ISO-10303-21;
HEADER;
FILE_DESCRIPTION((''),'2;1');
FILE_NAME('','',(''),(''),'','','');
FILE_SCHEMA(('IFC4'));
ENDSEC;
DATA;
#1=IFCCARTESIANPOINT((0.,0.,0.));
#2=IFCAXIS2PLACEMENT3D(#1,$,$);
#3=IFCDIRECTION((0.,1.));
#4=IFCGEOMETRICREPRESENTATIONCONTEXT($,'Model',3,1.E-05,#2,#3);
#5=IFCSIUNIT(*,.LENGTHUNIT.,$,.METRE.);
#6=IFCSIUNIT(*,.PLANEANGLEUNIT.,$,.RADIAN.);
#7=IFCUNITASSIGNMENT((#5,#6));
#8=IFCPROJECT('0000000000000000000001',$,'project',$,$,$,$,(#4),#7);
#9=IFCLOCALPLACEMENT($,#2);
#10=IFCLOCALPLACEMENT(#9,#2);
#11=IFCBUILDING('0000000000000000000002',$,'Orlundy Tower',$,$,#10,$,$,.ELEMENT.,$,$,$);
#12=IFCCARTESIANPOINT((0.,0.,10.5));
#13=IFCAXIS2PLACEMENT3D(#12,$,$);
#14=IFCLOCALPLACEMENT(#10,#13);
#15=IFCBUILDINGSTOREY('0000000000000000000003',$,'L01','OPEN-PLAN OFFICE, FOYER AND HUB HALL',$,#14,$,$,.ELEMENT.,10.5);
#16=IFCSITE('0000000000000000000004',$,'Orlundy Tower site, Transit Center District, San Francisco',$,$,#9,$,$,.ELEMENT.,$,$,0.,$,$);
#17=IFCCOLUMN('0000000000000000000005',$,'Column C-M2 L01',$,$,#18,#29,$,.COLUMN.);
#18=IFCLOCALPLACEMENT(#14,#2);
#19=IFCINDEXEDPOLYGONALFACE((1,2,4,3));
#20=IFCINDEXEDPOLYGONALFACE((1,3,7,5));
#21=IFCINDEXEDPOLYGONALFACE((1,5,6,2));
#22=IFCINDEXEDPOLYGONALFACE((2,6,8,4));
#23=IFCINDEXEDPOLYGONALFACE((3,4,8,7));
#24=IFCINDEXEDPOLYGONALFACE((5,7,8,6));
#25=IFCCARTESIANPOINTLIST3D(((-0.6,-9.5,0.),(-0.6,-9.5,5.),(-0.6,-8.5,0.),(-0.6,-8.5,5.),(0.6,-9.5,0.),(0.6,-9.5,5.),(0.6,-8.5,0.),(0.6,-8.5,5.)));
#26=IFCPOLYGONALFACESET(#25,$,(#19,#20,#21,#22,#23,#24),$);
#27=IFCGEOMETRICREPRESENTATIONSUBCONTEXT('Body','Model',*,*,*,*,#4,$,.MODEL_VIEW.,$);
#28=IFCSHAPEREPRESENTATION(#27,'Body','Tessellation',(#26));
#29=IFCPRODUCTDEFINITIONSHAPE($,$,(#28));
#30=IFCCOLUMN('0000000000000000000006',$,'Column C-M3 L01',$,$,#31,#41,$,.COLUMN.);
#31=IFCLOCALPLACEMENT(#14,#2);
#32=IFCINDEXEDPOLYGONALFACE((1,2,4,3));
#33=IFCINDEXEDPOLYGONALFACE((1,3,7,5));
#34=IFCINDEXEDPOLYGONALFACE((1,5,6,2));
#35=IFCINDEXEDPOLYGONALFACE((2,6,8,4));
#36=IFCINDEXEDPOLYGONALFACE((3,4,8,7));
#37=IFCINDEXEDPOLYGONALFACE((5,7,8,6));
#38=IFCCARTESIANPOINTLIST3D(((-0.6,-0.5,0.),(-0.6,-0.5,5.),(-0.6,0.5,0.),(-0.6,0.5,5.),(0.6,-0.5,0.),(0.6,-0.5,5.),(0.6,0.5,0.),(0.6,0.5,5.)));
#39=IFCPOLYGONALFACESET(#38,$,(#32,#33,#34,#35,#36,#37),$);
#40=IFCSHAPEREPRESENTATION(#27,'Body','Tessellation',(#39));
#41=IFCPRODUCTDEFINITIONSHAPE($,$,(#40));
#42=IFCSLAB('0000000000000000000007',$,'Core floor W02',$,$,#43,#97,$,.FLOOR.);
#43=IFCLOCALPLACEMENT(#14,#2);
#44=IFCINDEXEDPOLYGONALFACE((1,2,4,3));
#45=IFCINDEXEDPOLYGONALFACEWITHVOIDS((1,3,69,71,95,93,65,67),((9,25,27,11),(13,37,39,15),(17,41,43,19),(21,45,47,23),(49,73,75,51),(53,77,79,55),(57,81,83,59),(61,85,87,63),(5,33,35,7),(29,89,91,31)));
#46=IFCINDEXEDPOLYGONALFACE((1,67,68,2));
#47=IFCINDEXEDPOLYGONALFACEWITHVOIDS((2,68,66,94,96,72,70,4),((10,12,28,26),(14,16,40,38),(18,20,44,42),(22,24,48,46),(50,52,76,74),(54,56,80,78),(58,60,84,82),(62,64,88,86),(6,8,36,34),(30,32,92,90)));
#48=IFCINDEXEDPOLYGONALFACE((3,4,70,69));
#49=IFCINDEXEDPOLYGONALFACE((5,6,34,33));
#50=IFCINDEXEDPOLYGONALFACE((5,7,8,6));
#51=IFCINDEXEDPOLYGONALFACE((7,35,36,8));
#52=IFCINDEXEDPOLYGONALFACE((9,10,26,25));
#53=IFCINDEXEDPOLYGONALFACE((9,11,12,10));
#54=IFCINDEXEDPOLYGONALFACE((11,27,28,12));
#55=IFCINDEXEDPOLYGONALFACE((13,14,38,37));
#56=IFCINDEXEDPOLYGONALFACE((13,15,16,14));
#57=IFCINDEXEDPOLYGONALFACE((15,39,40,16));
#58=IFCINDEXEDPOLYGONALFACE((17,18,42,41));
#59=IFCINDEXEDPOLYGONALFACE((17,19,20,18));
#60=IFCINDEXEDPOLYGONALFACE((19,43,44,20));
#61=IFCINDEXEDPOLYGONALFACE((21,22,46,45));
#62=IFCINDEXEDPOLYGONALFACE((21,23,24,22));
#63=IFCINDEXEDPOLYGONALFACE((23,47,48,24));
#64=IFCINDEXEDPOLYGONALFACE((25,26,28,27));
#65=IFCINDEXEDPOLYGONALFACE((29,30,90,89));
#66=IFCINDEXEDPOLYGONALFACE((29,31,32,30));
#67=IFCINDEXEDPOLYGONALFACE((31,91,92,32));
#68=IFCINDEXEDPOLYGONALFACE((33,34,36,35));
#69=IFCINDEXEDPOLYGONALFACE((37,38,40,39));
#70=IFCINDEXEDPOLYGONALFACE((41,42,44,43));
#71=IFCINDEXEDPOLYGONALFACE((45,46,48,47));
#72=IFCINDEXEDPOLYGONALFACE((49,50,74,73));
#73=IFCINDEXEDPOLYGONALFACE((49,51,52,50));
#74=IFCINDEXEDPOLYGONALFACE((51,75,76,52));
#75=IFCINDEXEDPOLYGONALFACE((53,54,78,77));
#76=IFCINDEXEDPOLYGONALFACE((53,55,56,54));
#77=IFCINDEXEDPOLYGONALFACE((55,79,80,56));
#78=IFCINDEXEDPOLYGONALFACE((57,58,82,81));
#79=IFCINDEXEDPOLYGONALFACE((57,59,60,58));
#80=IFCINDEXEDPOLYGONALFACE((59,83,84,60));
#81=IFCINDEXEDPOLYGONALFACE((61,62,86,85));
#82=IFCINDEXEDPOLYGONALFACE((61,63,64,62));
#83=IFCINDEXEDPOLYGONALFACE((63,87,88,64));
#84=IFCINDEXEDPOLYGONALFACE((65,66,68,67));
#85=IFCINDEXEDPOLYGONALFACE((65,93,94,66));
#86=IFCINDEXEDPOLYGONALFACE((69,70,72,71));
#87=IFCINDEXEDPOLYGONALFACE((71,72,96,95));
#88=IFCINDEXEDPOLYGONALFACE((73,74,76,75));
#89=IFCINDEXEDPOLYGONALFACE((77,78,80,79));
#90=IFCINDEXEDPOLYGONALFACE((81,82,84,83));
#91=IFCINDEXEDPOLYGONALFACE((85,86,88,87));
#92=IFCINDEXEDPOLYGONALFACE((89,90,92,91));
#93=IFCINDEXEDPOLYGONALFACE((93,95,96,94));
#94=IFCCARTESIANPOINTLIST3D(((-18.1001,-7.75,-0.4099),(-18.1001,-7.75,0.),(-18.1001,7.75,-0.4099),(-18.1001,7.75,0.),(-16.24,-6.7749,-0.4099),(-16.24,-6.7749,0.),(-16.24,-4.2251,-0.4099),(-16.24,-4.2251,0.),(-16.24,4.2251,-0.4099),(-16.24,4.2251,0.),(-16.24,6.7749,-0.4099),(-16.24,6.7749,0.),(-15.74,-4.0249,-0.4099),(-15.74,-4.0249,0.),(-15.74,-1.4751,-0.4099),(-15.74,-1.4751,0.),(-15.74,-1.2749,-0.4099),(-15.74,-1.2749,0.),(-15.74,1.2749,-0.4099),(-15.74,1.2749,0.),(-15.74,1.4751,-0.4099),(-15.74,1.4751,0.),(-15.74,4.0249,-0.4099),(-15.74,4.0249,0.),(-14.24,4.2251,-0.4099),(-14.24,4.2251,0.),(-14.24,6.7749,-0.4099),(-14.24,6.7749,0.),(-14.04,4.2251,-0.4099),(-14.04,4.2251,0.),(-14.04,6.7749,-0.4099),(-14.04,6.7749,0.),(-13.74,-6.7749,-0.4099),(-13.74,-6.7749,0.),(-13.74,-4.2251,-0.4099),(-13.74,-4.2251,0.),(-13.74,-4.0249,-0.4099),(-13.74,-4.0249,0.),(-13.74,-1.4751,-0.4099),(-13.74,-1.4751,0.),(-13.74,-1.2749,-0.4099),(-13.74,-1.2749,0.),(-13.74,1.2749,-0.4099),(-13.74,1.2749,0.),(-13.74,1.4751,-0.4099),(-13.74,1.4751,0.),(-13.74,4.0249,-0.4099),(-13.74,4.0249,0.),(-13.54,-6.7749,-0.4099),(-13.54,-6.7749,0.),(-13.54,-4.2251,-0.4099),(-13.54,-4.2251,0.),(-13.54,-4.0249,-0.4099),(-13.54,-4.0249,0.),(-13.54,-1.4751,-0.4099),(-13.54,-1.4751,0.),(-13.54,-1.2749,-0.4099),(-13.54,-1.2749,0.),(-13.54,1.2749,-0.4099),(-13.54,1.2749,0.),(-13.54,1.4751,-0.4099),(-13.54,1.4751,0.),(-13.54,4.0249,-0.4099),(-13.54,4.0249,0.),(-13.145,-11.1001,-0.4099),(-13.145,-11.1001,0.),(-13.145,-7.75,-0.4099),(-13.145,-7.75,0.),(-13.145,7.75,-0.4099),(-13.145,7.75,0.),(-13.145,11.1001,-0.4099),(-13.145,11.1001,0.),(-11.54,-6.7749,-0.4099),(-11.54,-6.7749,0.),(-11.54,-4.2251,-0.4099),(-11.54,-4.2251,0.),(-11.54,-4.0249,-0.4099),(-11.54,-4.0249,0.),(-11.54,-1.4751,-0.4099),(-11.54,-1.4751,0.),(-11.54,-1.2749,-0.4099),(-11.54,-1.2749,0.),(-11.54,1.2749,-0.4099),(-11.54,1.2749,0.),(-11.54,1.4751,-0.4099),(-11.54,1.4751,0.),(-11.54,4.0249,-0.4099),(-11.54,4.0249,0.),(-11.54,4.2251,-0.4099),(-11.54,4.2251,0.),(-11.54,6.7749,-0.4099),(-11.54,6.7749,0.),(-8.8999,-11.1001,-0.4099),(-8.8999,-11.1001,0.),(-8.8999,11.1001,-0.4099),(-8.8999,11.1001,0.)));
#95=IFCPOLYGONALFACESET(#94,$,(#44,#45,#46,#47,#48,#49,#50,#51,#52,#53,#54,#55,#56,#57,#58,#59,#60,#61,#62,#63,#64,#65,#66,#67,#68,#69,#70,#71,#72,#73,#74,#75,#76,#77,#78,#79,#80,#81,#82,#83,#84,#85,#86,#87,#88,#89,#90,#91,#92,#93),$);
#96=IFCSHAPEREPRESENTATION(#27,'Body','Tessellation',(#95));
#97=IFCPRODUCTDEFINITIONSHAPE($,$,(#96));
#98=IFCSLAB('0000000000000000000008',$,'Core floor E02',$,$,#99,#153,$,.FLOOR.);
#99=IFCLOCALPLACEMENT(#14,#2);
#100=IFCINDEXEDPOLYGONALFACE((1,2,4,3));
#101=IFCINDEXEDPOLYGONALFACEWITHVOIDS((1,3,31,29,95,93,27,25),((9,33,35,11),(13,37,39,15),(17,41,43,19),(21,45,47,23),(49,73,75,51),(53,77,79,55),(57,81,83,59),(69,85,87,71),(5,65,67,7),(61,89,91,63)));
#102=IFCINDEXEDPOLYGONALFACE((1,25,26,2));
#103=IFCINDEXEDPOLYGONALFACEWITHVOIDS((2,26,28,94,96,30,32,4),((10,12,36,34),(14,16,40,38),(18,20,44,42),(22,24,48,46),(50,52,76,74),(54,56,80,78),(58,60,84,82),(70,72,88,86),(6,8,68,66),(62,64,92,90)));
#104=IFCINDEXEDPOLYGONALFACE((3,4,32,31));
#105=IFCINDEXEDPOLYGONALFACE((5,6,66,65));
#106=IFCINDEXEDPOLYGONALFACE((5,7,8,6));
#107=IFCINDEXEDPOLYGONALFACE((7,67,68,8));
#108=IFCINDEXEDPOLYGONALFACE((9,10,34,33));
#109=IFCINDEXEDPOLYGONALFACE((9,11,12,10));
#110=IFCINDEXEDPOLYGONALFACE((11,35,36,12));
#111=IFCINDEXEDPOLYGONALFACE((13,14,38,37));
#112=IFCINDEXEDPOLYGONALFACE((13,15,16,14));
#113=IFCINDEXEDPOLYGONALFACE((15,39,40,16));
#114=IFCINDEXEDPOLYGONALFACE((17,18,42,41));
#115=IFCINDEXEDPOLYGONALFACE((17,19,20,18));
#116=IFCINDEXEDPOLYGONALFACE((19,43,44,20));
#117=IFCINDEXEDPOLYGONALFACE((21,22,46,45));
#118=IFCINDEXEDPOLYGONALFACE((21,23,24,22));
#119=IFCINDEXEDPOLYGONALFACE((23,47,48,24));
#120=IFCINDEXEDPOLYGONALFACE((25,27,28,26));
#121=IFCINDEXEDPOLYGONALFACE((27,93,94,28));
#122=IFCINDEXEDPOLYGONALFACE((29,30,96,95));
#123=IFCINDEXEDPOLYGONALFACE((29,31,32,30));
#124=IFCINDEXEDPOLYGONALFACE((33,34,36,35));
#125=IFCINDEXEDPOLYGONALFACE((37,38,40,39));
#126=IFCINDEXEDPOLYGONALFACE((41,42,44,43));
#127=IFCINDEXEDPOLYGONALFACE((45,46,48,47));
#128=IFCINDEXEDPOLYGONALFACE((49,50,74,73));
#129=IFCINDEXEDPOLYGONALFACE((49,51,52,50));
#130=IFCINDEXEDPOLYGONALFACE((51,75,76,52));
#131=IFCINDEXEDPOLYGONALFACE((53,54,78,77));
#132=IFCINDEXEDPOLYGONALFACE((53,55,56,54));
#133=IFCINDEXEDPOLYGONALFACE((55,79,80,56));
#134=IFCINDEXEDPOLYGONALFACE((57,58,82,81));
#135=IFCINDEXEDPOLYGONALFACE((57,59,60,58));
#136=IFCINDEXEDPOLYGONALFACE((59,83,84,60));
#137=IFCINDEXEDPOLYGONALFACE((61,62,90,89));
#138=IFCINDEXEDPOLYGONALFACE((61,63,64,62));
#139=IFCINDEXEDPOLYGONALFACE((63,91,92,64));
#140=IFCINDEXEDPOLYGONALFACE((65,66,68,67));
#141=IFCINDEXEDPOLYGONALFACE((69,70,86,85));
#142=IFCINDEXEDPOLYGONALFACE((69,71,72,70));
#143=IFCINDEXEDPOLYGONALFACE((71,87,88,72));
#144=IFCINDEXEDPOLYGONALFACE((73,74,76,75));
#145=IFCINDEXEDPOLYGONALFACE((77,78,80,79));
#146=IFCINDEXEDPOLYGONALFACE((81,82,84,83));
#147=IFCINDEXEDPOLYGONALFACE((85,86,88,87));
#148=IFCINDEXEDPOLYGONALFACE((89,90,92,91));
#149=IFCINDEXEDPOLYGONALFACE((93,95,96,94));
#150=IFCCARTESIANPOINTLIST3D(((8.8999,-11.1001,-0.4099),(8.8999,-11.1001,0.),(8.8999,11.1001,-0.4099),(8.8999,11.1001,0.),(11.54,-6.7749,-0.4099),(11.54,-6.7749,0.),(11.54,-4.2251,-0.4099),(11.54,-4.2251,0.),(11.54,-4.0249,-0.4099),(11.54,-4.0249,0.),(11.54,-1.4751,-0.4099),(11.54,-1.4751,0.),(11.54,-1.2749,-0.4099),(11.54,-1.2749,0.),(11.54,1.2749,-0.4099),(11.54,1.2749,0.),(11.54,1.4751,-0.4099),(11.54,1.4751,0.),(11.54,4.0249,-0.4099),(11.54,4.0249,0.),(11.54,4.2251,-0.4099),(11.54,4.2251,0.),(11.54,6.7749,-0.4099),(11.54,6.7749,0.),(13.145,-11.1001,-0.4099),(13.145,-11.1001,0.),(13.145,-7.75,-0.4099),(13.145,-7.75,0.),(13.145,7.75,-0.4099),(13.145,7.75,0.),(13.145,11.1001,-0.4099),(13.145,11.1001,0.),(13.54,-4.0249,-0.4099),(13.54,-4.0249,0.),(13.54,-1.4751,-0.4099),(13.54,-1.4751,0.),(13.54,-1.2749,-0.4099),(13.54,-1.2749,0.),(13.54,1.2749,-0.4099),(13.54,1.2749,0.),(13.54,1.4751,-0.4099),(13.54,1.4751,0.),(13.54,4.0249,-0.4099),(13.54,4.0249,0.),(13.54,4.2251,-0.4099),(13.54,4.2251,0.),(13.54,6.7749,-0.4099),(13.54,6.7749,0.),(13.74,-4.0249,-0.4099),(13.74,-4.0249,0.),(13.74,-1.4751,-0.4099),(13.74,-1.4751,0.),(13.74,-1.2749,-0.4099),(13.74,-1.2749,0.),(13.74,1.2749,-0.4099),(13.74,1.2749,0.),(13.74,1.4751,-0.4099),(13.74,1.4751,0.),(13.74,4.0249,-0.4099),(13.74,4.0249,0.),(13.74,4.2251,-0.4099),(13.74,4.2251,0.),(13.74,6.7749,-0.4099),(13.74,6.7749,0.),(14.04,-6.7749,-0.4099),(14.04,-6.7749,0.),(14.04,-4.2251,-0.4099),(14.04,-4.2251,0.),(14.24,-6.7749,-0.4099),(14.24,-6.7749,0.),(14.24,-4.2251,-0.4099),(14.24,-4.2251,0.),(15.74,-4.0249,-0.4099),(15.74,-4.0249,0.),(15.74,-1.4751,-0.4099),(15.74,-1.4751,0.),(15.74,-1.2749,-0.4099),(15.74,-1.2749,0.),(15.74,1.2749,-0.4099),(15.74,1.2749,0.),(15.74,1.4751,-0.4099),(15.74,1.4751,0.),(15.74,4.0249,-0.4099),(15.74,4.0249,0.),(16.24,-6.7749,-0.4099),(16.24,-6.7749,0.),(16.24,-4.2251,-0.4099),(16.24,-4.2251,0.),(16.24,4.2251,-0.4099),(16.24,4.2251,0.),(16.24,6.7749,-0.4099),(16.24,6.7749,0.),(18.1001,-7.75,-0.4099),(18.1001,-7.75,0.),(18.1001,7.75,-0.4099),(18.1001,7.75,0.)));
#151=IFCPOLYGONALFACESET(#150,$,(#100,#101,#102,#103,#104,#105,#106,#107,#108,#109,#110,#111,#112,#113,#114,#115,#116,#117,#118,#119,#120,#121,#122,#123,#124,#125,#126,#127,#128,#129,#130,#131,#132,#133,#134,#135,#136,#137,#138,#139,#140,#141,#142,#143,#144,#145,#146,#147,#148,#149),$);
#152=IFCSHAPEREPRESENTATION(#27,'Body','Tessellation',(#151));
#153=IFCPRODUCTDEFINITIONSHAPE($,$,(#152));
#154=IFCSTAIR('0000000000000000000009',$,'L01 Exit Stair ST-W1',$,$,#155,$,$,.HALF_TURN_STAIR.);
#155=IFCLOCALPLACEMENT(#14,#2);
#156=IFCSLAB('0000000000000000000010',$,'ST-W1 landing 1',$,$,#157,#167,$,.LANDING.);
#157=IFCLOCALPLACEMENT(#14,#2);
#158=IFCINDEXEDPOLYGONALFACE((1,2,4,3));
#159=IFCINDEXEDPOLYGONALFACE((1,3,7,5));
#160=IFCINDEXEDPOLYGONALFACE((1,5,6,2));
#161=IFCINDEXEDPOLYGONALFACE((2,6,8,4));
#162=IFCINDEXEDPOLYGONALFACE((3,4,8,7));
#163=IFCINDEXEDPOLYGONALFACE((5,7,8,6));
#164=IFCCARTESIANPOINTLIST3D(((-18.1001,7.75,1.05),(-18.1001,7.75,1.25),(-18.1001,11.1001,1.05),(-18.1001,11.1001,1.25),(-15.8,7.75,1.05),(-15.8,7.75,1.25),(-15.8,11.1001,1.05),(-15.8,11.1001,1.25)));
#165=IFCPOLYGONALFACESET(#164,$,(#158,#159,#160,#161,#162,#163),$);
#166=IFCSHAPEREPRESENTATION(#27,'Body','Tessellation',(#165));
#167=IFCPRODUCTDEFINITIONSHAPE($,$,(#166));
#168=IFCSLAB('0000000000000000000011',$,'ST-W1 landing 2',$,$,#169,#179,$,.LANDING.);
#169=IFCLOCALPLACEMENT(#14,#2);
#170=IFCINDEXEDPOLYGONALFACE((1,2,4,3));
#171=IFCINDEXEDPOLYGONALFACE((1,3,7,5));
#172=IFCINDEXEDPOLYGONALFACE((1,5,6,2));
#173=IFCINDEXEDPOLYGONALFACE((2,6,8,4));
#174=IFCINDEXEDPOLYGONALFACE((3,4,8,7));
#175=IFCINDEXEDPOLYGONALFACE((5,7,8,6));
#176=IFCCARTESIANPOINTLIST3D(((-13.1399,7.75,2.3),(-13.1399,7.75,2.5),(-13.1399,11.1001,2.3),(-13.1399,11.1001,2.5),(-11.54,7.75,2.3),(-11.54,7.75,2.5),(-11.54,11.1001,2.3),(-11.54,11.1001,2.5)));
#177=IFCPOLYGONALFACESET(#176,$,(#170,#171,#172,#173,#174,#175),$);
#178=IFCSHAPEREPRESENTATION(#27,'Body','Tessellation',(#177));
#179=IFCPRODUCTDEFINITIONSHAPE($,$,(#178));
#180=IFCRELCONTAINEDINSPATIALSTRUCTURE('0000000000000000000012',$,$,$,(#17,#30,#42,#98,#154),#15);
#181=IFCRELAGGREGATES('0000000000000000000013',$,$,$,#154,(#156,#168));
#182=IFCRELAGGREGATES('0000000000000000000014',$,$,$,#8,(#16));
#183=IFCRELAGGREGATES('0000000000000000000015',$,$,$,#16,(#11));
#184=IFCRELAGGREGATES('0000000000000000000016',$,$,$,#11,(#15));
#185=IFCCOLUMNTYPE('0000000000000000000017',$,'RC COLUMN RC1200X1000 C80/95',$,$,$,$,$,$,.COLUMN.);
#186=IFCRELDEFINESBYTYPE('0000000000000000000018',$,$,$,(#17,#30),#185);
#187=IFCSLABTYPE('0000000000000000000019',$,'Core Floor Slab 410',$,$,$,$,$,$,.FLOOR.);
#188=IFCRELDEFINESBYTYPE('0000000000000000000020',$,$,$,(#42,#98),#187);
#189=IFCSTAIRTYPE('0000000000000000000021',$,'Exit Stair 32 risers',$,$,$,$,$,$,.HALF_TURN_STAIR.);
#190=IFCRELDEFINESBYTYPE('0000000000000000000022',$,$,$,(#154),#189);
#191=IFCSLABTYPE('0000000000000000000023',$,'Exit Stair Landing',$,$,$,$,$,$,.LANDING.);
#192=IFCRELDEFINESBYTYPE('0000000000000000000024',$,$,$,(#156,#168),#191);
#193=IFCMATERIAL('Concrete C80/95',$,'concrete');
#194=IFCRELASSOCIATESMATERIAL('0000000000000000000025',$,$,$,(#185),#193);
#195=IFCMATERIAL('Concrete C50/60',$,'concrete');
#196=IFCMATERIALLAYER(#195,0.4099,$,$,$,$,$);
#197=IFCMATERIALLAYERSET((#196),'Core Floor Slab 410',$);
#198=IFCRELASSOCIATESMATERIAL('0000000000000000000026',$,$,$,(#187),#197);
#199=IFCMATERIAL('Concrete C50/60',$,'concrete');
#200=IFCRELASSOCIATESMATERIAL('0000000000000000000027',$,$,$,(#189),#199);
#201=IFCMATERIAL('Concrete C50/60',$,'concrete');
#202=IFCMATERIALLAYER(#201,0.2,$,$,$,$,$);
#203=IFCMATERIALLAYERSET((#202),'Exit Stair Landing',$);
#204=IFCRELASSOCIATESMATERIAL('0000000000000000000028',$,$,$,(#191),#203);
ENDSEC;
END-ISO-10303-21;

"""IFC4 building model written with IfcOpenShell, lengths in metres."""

from ifc_helpers import new_model, si_unit, direction, frame, origin, origin_2d, place, context, subcontext, project, spatial, polyline, rectangle, outline, extrude, material, layer, layer_set, material_profile, profile_set, type_object, element, aggregate, save


model = new_model("IFC4")

# Units and contexts
model_context = context("Model", 3, precision=1e-05, world=origin(), true_north=direction((0.0, 1.0)))
body_context = subcontext(model_context, "Body", "Model", "MODEL_VIEW")
ifc_project = project(units=[si_unit("LENGTHUNIT", "METRE"), si_unit("PLANEANGLEUNIT", "RADIAN")], contexts=[model_context])

# Site, building, storey
site_placement = place(None, origin())
site = spatial("IfcSite", under=ifc_project, at=site_placement, Name="Orlundy Tower site, Transit Center District, San Francisco", CompositionType="ELEMENT", RefElevation=0.0)
building_placement = place(site_placement, origin())
building = spatial("IfcBuilding", under=site, at=building_placement, Name="Orlundy Tower", CompositionType="ELEMENT")
storey_placement = place(building_placement, frame((0.0, 0.0, 10.5)))
storey = spatial("IfcBuildingStorey", under=building, at=storey_placement, Name="L01", Description="OPEN-PLAN OFFICE, FOYER AND HUB HALL", CompositionType="ELEMENT", Elevation=10.5)

# Columns
ifc_material_1 = material(Name="Concrete C80/95", Category="concrete")
ifc_material_profile = material_profile(ifc_material_1, rectangle(XDim=1.2, YDim=1.0, at=origin_2d()), Name="RC1200X1000")
ifc_profile_set = profile_set([ifc_material_profile], Name="Concrete C80/95")
column_type = type_object("IfcColumnType", Name="RC COLUMN RC1200X1000 C80/95", PredefinedType="COLUMN", material=ifc_profile_set)
for number, where, z_axis, x_axis, name in (
    (1, (0.0, -9.0, 0.0), (0.0, 0.0, 1.0), (1.0, 0.0, 0.0), "Column C-M2 L01"),
    (2, (0.0, 0.0, 0.0), (0.0, 0.0, 1.0), (1.0, 0.0, 0.0), "Column C-M3 L01"),
):
    element("IfcColumn", number, at=place(storey_placement, frame(where, z_axis=z_axis, x_axis=x_axis)), inside=storey, type_object=column_type, Name=name, PredefinedType="COLUMN", context=body_context, shape_type="SweptSolid", body=[
        extrude(rectangle(XDim=1.2, YDim=1.0, at=origin_2d()), origin(), (0.0, 0.0, 1.0), 5.0),
    ])

# Slabs
ifc_material_2 = material(Name="Concrete C50/60", Category="concrete")
ifc_layer_1 = layer(ifc_material_2, 0.4099)
ifc_layer_set_1 = layer_set([ifc_layer_1], Name="Core Floor Slab 410")
slab_type_1 = type_object("IfcSlabType", Name="Core Floor Slab 410", PredefinedType="FLOOR", material=ifc_layer_set_1)
slab_1_placement = place(storey_placement, frame((0.0, 0.0, -0.4099)))
element("IfcSlab", 3, at=slab_1_placement, inside=storey, type_object=slab_type_1, Name="Core floor W02", PredefinedType="FLOOR", context=body_context, shape_type="SweptSolid", body=[
    extrude(outline(polyline([(-8.8999, -11.1001), (-13.145, -11.1001), (-13.145, -7.75), (-18.1001, -7.75), (-18.1001, 7.75), (-13.145, 7.75), (-13.145, 11.1001), (-8.8999, 11.1001), (-8.8999, -11.1001)]), holes=[polyline([(-11.54, -6.7749), (-11.54, -4.2251), (-13.54, -4.2251), (-13.54, -6.7749), (-11.54, -6.7749)]), polyline([(-16.24, -6.7749), (-13.74, -6.7749), (-13.74, -4.2251), (-16.24, -4.2251), (-16.24, -6.7749)]), polyline([(-13.54, -1.4751), (-13.54, -4.0249), (-11.54, -4.0249), (-11.54, -1.4751), (-13.54, -1.4751)]), polyline([(-13.74, -1.4751), (-15.74, -1.4751), (-15.74, -4.0249), (-13.74, -4.0249), (-13.74, -1.4751)]), polyline([(-11.54, -1.2749), (-11.54, 1.2749), (-13.54, 1.2749), (-13.54, -1.2749), (-11.54, -1.2749)]), polyline([(-15.74, -1.2749), (-13.74, -1.2749), (-13.74, 1.2749), (-15.74, 1.2749), (-15.74, -1.2749)]), polyline([(-13.54, 4.0249), (-13.54, 1.4751), (-11.54, 1.4751), (-11.54, 4.0249), (-13.54, 4.0249)]), polyline([(-13.74, 4.0249), (-15.74, 4.0249), (-15.74, 1.4751), (-13.74, 1.4751), (-13.74, 4.0249)]), polyline([(-11.54, 4.2251), (-11.54, 6.7749), (-14.04, 6.7749), (-14.04, 4.2251), (-11.54, 4.2251)]), polyline([(-16.24, 4.2251), (-14.24, 4.2251), (-14.24, 6.7749), (-16.24, 6.7749), (-16.24, 4.2251)])]), origin(), (0.0, 0.0, 1.0), 0.4099),
])
slab_2_placement = place(storey_placement, frame((0.0, 0.0, -0.4099)))
element("IfcSlab", 4, at=slab_2_placement, inside=storey, type_object=slab_type_1, Name="Core floor E02", PredefinedType="FLOOR", context=body_context, shape_type="SweptSolid", body=[
    extrude(outline(polyline([(8.8999, 11.1001), (13.145, 11.1001), (13.145, 7.75), (18.1001, 7.75), (18.1001, -7.75), (13.145, -7.75), (13.145, -11.1001), (8.8999, -11.1001), (8.8999, 11.1001)]), holes=[polyline([(11.54, 6.7749), (11.54, 4.2251), (13.54, 4.2251), (13.54, 6.7749), (11.54, 6.7749)]), polyline([(16.24, 6.7749), (13.74, 6.7749), (13.74, 4.2251), (16.24, 4.2251), (16.24, 6.7749)]), polyline([(13.54, 1.4751), (13.54, 4.0249), (11.54, 4.0249), (11.54, 1.4751), (13.54, 1.4751)]), polyline([(13.74, 1.4751), (15.74, 1.4751), (15.74, 4.0249), (13.74, 4.0249), (13.74, 1.4751)]), polyline([(11.54, 1.2749), (11.54, -1.2749), (13.54, -1.2749), (13.54, 1.2749), (11.54, 1.2749)]), polyline([(15.74, 1.2749), (13.74, 1.2749), (13.74, -1.2749), (15.74, -1.2749), (15.74, 1.2749)]), polyline([(13.54, -4.0249), (13.54, -1.4751), (11.54, -1.4751), (11.54, -4.0249), (13.54, -4.0249)]), polyline([(13.74, -4.0249), (15.74, -4.0249), (15.74, -1.4751), (13.74, -1.4751), (13.74, -4.0249)]), polyline([(11.54, -4.2251), (11.54, -6.7749), (14.04, -6.7749), (14.04, -4.2251), (11.54, -4.2251)]), polyline([(16.24, -4.2251), (14.24, -4.2251), (14.24, -6.7749), (16.24, -6.7749), (16.24, -4.2251)])]), origin(), (0.0, 0.0, 1.0), 0.4099),
])

# Stair, slabs
ifc_material_3 = material(Name="Concrete C50/60", Category="concrete")
stair_type = type_object("IfcStairType", Name="Exit Stair 32 risers", PredefinedType="HALF_TURN_STAIR", material=ifc_material_3)
stair_1_placement = place(storey_placement, origin())
stair_1 = element("IfcStair", 5, at=stair_1_placement, inside=storey, type_object=stair_type, Name="L01 Exit Stair ST-W1", PredefinedType="HALF_TURN_STAIR")
ifc_material_4 = material(Name="Concrete C50/60", Category="concrete")
ifc_layer_2 = layer(ifc_material_4, 0.2)
ifc_layer_set_2 = layer_set([ifc_layer_2], Name="Exit Stair Landing")
slab_type_2 = type_object("IfcSlabType", Name="Exit Stair Landing", PredefinedType="LANDING", material=ifc_layer_set_2)
slab_3_placement = place(storey_placement, frame((0.0, 0.0, 1.05)))
slab_3 = element("IfcSlab", 6, at=slab_3_placement, type_object=slab_type_2, Name="ST-W1 landing 1", PredefinedType="LANDING", context=body_context, shape_type="SweptSolid", body=[
    extrude(outline(polyline([(-15.8, 11.1001), (-18.1001, 11.1001), (-18.1001, 7.75), (-15.8, 7.75), (-15.8, 11.1001)])), origin(), (0.0, 0.0, 1.0), 0.2),
])
slab_4_placement = place(storey_placement, frame((0.0, 0.0, 2.3)))
slab_4 = element("IfcSlab", 7, at=slab_4_placement, type_object=slab_type_2, Name="ST-W1 landing 2", PredefinedType="LANDING", context=body_context, shape_type="SweptSolid", body=[
    extrude(outline(polyline([(-11.54, 11.1001), (-13.1399, 11.1001), (-13.1399, 7.75), (-11.54, 7.75), (-11.54, 11.1001)])), origin(), (0.0, 0.0, 1.0), 0.2),
])
aggregate(stair_1, [slab_3, slab_4])

save(model, "model.ifc")
